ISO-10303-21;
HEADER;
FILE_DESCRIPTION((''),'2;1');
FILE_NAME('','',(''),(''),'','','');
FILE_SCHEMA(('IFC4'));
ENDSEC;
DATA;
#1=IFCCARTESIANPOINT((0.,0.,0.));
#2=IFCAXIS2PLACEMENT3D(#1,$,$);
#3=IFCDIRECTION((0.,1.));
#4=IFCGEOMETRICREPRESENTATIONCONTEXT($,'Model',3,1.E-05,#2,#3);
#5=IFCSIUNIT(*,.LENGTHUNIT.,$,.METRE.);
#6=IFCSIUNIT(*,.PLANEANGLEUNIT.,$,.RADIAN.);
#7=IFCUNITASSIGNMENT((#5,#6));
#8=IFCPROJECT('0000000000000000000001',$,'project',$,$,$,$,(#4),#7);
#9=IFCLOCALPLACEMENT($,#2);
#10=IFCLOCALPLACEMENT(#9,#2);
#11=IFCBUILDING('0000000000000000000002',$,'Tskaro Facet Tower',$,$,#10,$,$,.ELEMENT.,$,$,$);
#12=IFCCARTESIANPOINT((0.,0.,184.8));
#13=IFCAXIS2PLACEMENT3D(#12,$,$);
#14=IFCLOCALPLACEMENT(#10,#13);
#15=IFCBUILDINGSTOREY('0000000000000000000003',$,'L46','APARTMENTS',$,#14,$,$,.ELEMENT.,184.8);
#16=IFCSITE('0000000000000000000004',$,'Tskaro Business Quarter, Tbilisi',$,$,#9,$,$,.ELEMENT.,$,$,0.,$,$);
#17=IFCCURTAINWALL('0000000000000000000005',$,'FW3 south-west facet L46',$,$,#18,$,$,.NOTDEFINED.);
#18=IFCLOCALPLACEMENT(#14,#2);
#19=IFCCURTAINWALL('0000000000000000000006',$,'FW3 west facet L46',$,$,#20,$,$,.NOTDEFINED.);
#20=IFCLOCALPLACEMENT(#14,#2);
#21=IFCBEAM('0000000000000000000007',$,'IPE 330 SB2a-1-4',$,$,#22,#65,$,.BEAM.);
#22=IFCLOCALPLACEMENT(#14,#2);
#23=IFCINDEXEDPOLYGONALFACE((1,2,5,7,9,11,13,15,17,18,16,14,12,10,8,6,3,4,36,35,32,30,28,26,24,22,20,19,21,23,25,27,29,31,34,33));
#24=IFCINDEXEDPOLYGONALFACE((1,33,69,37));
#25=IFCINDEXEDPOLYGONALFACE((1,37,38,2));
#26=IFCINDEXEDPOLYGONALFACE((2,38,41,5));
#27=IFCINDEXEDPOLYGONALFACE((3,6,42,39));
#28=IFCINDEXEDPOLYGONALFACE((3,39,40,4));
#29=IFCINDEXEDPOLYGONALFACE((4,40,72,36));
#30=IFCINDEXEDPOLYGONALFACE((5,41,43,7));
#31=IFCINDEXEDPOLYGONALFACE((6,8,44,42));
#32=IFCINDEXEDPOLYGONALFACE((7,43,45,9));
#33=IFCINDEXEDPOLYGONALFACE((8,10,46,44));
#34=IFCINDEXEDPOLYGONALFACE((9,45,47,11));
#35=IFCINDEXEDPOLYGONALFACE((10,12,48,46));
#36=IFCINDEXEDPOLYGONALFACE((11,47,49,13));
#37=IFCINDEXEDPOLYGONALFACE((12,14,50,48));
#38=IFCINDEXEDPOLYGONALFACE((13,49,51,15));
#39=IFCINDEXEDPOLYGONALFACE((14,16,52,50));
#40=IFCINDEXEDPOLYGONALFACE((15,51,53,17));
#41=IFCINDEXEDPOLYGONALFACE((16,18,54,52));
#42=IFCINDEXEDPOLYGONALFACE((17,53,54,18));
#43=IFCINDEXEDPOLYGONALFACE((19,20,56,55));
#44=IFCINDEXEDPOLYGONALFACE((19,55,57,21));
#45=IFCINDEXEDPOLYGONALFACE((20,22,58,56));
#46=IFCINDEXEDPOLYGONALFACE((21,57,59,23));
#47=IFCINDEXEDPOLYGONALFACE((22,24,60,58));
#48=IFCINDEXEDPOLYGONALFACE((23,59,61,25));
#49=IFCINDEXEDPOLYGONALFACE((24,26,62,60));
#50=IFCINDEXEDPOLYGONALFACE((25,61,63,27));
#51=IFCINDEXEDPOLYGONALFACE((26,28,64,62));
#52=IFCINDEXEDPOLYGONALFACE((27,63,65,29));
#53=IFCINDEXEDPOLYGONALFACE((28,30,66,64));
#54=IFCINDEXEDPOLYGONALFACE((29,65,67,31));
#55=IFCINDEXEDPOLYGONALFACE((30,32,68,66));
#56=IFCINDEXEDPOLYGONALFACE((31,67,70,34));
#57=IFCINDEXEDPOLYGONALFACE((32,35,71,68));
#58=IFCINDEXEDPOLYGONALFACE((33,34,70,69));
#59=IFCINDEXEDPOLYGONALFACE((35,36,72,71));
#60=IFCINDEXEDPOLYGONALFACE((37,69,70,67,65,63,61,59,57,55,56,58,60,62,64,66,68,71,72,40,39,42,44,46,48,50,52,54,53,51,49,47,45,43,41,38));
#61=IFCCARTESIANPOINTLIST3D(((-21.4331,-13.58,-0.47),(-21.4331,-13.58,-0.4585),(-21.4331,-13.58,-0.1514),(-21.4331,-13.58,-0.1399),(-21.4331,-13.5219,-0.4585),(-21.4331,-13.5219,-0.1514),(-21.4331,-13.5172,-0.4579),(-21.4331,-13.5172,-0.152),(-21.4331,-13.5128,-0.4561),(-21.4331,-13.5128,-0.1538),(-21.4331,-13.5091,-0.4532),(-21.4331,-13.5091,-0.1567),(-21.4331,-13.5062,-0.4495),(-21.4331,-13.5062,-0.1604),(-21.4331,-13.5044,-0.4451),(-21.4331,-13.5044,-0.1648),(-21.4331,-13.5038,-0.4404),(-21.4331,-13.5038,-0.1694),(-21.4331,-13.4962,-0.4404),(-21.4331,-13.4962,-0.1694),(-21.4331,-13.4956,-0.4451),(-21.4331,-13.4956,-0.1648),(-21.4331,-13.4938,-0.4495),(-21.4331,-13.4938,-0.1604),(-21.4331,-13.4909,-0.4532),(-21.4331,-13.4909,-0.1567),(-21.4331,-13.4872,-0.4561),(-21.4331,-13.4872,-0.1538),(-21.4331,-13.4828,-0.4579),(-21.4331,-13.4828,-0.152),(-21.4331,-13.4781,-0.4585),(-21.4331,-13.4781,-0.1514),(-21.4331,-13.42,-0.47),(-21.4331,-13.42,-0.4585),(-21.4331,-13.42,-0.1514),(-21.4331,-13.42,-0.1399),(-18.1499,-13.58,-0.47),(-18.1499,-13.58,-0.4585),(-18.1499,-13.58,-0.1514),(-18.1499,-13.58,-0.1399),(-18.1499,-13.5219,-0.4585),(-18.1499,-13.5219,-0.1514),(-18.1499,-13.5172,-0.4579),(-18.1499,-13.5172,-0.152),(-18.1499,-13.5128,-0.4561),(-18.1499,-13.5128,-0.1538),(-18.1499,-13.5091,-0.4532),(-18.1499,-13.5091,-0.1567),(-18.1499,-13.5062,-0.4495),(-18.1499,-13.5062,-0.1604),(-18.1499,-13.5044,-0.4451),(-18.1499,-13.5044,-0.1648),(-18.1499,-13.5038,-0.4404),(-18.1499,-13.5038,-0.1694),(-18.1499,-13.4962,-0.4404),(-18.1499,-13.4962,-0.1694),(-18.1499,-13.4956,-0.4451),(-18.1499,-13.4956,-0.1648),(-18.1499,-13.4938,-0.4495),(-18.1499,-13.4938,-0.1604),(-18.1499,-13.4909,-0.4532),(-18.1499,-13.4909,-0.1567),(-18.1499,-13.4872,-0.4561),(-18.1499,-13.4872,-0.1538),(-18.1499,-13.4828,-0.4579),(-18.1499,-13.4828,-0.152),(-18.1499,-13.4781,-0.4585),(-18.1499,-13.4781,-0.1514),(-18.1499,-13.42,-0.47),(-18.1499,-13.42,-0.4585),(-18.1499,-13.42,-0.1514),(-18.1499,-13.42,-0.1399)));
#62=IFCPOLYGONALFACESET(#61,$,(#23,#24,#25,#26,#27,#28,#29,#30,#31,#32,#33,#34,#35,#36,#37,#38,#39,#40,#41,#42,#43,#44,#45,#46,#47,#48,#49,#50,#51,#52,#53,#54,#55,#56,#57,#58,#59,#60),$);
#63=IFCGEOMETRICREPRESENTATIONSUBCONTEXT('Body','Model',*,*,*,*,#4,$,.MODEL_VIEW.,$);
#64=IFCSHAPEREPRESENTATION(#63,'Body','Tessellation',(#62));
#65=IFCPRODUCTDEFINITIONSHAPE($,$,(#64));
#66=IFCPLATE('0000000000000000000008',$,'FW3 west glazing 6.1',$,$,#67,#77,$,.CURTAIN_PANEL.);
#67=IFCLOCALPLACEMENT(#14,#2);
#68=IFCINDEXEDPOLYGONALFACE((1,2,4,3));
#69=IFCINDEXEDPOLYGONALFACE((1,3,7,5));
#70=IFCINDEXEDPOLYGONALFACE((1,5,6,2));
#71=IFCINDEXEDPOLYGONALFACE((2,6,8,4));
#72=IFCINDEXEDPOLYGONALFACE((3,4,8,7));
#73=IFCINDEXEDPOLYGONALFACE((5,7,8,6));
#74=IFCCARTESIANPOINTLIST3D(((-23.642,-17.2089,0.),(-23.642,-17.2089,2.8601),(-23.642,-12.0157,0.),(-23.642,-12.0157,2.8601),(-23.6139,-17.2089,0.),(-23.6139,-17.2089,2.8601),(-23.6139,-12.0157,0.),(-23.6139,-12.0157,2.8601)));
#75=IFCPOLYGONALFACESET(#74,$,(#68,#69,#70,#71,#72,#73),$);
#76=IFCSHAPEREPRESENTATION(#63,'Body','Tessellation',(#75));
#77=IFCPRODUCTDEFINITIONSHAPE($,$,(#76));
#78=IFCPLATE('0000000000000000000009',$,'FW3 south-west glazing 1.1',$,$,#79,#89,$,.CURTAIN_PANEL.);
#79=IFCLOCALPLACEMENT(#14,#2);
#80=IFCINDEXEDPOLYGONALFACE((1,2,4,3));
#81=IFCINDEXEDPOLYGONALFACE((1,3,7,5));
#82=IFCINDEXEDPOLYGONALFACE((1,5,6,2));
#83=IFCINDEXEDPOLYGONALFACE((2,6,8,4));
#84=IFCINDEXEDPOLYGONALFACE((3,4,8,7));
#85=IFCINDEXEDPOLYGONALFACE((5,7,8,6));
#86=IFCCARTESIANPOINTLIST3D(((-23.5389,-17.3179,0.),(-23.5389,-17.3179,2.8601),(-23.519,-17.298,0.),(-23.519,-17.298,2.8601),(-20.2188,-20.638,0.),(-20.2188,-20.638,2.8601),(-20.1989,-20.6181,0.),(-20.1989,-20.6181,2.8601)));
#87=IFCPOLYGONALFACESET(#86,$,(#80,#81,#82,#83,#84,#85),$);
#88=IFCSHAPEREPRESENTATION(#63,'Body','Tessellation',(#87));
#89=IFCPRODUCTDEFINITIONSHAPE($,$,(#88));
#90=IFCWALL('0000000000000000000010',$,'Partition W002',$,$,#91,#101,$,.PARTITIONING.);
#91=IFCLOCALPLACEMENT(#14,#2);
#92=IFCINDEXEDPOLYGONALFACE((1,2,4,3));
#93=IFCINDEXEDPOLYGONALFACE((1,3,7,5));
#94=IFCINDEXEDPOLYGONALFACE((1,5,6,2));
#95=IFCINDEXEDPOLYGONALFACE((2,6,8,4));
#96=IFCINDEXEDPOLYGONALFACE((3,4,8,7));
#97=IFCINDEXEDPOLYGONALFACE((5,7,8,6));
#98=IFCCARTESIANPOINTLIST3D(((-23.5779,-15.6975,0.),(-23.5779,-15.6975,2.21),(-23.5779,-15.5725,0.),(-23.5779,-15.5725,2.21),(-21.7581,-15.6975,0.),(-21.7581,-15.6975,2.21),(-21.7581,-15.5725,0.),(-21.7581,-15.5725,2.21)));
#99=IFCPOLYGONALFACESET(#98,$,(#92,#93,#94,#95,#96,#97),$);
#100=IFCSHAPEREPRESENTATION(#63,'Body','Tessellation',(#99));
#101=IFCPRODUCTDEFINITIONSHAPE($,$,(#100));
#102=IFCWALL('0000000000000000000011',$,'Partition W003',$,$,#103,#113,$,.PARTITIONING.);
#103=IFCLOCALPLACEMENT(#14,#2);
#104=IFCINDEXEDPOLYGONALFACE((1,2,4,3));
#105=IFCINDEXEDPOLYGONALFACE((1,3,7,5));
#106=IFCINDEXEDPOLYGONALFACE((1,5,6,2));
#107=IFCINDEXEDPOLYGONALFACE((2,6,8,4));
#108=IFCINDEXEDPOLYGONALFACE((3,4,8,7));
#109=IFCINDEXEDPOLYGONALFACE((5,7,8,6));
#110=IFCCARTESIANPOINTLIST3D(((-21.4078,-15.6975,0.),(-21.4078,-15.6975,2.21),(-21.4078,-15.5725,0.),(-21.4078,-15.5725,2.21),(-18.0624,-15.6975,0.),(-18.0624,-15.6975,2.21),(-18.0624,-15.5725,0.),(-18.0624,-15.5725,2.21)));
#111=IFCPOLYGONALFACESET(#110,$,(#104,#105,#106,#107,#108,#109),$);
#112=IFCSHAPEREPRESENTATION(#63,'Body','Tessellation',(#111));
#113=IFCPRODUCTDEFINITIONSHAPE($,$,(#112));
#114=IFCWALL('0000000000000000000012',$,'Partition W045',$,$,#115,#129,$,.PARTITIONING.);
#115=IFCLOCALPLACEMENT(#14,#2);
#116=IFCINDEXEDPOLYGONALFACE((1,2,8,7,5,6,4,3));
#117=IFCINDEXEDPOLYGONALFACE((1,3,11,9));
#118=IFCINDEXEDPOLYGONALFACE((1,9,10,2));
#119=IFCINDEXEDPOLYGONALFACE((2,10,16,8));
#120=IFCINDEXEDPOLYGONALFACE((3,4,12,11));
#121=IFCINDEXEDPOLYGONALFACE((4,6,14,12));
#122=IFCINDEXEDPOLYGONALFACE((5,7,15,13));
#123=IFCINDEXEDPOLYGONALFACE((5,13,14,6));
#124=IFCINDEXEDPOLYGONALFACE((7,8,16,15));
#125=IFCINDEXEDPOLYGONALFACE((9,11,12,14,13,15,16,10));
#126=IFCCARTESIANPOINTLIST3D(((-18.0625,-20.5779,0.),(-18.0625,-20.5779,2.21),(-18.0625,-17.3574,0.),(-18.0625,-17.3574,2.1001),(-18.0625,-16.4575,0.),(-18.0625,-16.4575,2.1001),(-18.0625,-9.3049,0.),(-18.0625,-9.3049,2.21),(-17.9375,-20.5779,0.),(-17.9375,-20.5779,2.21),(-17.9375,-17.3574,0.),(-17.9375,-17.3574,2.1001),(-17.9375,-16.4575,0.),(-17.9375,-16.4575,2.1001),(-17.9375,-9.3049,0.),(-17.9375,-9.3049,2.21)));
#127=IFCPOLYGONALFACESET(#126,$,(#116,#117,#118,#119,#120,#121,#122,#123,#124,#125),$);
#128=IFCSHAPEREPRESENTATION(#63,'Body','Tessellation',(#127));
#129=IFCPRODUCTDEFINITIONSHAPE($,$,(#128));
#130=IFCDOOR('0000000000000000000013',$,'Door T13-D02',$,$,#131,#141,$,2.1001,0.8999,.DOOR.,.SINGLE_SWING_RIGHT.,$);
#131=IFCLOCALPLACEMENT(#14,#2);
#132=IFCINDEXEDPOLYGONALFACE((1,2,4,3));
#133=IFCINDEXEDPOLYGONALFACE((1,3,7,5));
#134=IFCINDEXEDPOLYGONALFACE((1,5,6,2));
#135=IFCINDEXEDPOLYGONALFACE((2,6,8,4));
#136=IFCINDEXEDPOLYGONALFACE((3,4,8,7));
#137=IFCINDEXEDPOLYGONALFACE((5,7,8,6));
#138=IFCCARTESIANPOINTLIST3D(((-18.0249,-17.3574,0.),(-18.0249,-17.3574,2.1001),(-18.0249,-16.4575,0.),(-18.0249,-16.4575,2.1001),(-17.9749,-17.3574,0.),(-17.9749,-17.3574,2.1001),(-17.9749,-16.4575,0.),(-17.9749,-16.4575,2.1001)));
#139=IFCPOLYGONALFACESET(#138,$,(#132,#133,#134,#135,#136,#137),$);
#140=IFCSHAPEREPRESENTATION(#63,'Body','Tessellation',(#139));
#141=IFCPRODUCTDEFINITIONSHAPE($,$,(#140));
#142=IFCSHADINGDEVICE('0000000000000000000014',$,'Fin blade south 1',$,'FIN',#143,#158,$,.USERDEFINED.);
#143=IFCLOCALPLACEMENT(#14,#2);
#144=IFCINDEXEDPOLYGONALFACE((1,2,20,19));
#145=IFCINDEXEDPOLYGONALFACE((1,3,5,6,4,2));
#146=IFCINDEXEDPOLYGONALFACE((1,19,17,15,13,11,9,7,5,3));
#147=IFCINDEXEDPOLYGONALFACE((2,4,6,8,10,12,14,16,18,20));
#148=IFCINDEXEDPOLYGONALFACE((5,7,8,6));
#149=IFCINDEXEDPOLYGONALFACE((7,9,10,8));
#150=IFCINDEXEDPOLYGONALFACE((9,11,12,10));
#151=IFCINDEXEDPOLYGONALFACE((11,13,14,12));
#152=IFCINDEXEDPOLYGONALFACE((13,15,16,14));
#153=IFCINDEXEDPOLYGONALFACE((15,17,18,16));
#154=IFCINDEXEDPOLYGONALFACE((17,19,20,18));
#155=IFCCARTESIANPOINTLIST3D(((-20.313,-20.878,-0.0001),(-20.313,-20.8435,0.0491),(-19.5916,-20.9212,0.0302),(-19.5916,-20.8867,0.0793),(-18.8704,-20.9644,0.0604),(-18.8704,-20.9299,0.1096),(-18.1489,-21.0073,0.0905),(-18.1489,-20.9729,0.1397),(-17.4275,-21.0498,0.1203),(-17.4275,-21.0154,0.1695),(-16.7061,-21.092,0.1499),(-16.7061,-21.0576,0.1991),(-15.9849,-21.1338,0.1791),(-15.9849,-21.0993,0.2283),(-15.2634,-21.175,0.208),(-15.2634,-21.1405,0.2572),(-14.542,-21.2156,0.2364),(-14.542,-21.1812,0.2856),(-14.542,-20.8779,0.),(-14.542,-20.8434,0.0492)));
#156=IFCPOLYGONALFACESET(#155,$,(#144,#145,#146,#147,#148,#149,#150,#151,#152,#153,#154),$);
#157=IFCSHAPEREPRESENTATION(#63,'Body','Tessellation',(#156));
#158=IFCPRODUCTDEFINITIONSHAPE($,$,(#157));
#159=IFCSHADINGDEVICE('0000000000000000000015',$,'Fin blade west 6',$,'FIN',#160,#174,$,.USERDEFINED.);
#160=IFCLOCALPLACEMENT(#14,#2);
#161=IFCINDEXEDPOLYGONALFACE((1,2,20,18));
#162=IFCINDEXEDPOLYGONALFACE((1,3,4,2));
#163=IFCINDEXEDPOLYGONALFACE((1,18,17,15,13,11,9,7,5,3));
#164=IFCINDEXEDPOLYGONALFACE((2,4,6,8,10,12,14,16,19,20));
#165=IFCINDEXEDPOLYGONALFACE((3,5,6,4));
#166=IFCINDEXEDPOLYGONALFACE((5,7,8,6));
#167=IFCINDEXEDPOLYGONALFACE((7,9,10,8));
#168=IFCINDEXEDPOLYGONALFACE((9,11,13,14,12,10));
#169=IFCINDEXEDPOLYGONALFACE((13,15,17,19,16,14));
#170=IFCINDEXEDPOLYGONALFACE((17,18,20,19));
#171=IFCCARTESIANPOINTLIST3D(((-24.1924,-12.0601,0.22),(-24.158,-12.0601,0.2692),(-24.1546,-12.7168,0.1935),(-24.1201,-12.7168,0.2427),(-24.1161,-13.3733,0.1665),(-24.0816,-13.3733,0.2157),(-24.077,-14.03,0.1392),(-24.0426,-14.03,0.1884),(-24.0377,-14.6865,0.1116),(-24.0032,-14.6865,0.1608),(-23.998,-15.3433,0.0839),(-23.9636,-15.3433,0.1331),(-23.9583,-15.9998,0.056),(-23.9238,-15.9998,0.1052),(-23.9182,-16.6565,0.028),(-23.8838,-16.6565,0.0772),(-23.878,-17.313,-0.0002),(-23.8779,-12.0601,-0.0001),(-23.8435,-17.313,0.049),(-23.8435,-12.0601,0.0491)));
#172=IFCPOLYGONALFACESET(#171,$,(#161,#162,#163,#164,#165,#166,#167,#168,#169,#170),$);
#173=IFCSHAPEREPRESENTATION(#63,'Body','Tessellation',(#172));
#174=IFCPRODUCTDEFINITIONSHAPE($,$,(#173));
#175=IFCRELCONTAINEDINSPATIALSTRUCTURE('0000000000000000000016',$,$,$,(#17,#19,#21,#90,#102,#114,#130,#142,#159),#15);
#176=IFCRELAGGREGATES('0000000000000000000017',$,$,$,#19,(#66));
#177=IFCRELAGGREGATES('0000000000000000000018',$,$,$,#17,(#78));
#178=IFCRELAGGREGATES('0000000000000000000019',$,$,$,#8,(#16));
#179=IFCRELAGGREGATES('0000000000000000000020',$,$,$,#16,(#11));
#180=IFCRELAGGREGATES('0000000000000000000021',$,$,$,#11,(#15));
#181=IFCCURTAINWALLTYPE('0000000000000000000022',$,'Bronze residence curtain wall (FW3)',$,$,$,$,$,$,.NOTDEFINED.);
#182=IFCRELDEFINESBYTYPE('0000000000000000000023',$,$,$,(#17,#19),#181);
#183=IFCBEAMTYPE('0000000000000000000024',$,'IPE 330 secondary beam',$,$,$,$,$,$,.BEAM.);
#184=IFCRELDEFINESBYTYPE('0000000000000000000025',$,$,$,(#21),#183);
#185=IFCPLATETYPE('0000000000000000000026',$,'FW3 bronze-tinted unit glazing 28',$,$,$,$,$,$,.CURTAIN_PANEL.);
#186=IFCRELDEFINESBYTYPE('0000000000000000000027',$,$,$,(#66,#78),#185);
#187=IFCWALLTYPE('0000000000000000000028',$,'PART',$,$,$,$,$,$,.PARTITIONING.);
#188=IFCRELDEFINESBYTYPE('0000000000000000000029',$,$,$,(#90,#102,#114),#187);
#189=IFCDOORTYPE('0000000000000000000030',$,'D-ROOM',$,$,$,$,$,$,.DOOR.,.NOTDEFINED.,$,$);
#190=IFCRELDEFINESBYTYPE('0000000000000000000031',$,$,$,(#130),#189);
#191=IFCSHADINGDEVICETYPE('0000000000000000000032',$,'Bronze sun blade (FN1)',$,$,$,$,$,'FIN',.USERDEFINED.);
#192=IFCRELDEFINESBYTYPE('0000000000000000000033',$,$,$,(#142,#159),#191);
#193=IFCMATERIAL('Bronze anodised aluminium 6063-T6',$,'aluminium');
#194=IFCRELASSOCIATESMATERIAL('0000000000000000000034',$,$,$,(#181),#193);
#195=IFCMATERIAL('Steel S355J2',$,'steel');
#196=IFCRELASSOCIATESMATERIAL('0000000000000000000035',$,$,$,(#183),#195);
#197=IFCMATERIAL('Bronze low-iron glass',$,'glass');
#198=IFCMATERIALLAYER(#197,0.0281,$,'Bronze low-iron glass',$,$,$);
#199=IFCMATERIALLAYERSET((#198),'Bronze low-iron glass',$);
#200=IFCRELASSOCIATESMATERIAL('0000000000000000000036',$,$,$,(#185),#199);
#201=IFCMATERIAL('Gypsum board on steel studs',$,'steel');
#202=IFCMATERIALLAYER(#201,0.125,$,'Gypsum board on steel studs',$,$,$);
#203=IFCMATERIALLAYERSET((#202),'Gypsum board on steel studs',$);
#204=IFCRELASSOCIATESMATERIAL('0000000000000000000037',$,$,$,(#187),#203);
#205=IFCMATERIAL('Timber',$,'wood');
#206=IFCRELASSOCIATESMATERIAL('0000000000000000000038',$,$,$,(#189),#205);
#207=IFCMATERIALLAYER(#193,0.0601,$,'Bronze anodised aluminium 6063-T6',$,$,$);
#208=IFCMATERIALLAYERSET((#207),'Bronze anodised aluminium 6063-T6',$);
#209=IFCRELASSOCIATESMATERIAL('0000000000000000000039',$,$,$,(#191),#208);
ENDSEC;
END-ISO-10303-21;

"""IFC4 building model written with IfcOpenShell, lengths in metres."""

from ifc_helpers import new_model, si_unit, direction, frame, frame_2d, origin, origin_2d, place, context, subcontext, project, spatial, polyline, rectangle, i_section, outline, extrude, material, layer, layer_set, material_profile, profile_set, type_object, element, fill, aggregate, save


model = new_model("IFC4")

# Units and contexts
model_context = context("Model", 3, precision=1e-05, world=origin(), true_north=direction((0.0, 1.0)))
body_context = subcontext(model_context, "Body", "Model", "MODEL_VIEW")
ifc_project = project(units=[si_unit("LENGTHUNIT", "METRE"), si_unit("PLANEANGLEUNIT", "RADIAN")], contexts=[model_context])

# Site, building, storey
site_placement = place(None, origin())
site = spatial("IfcSite", under=ifc_project, at=site_placement, Name="Tskaro Business Quarter, Tbilisi", CompositionType="ELEMENT", RefElevation=0.0)
building_placement = place(site_placement, origin())
building = spatial("IfcBuilding", under=site, at=building_placement, Name="Tskaro Facet Tower", CompositionType="ELEMENT")
storey_placement = place(building_placement, frame((0.0, 0.0, 184.8)))
storey = spatial("IfcBuildingStorey", under=building, at=storey_placement, Name="L46", Description="APARTMENTS", CompositionType="ELEMENT", Elevation=184.8)

# Curtain wall
ifc_material_1 = material(Name="Bronze anodised aluminium 6063-T6", Category="aluminium")
curtain_wall_type = type_object("IfcCurtainWallType", Name="Bronze residence curtain wall (FW3)", PredefinedType="NOTDEFINED", material=ifc_material_1)
curtain_wall_1_placement = place(storey_placement, origin())
curtain_wall_1 = element("IfcCurtainWall", 1, at=curtain_wall_1_placement, inside=storey, type_object=curtain_wall_type, Name="FW3 south-west facet L46", PredefinedType="NOTDEFINED")

# Curtain wall
curtain_wall_2_placement = place(storey_placement, origin())
curtain_wall_2 = element("IfcCurtainWall", 2, at=curtain_wall_2_placement, inside=storey, type_object=curtain_wall_type, Name="FW3 west facet L46", PredefinedType="NOTDEFINED")

# Beam
ifc_material_2 = material(Name="Steel S355J2", Category="steel")
ifc_material_profile_1 = material_profile(ifc_material_2, i_section(OverallWidth=0.1599, OverallDepth=0.3301, WebThickness=0.0076, FlangeThickness=0.0115, FilletRadius=0.0181, at=origin_2d()), Name="IPE 330")
ifc_profile_set_1 = profile_set([ifc_material_profile_1], Name="Steel S355J2")
beam_type_1 = type_object("IfcBeamType", Name="IPE 330 secondary beam", PredefinedType="BEAM", material=ifc_profile_set_1)
beam_1_placement = place(storey_placement, frame((-21.4331, -13.5, -0.3049), z_axis=(1.0, 0.0, 0.0), x_axis=(0.0, 1.0, 0.0)))
element("IfcBeam", 3, at=beam_1_placement, inside=storey, type_object=beam_type_1, Name="IPE 330 SB2a-1-4", PredefinedType="BEAM", context=body_context, shape_type="SweptSolid", body=[
    extrude(i_section(OverallWidth=0.1599, OverallDepth=0.3301, WebThickness=0.0076, FlangeThickness=0.0115, FilletRadius=0.0181, at=origin_2d()), origin(), (0.0, 0.0, 1.0), 3.2832),
])

# Plates
ifc_material_3 = material(Name="Bronze low-iron glass", Category="glass")
ifc_layer_1 = layer(ifc_material_3, 0.0281, Name="Bronze low-iron glass")
ifc_layer_set_1 = layer_set([ifc_layer_1], Name="Bronze low-iron glass")
plate_type = type_object("IfcPlateType", Name="FW3 bronze-tinted unit glazing 28", PredefinedType="CURTAIN_PANEL", material=ifc_layer_set_1)
plate_1_placement = place(storey_placement, frame((-23.6279, -14.6123, 0.0), z_axis=(0.0, 0.0, 1.0), x_axis=(0.0, -1.0, 0.0)))
plate_1 = element("IfcPlate", 4, at=plate_1_placement, type_object=plate_type, Name="FW3 west glazing 6.1", PredefinedType="CURTAIN_PANEL", context=body_context, shape_type="SweptSolid", body=[
    extrude(rectangle(XDim=5.1931, YDim=0.0281, at=origin_2d()), origin(), (0.0, 0.0, 1.0), 2.8601),
])
aggregate(curtain_wall_2, [plate_1])
plate_2_placement = place(storey_placement, frame((-21.8689, -18.968, 0.0), z_axis=(0.0, 0.0, 1.0), x_axis=(0.707107, -0.707107, 0.0)))
plate_2 = element("IfcPlate", 5, at=plate_2_placement, type_object=plate_type, Name="FW3 south-west glazing 1.1", PredefinedType="CURTAIN_PANEL", context=body_context, shape_type="SweptSolid", body=[
    extrude(rectangle(XDim=4.6953, YDim=0.0281, at=origin_2d()), origin(), (0.0, 0.0, 1.0), 2.8601),
])
aggregate(curtain_wall_1, [plate_2])

# Walls
ifc_material_4 = material(Name="Gypsum board on steel studs", Category="steel")
ifc_layer_2 = layer(ifc_material_4, 0.125, Name="Gypsum board on steel studs")
ifc_layer_set_2 = layer_set([ifc_layer_2], Name="Gypsum board on steel studs")
wall_type = type_object("IfcWallType", Name="PART", PredefinedType="PARTITIONING", material=ifc_layer_set_2)
wall_1_placement = place(storey_placement, frame((-23.5779, -15.635, 0.0), z_axis=(0.0, 0.0, 1.0), x_axis=(1.0, 0.0, 0.0)))
element("IfcWall", 6, at=wall_1_placement, inside=storey, type_object=wall_type, Name="Partition W002", PredefinedType="PARTITIONING", context=body_context, shape_type="SweptSolid", body=[
    extrude(rectangle(XDim=1.8198, YDim=0.125, at=frame_2d((0.9099, 0.0))), origin(), (0.0, 0.0, 1.0), 2.21),
])
wall_2_placement = place(storey_placement, frame((-21.408, -15.635, 0.0), z_axis=(0.0, 0.0, 1.0), x_axis=(1.0, 0.0, 0.0)))
element("IfcWall", 7, at=wall_2_placement, inside=storey, type_object=wall_type, Name="Partition W003", PredefinedType="PARTITIONING", context=body_context, shape_type="SweptSolid", body=[
    extrude(rectangle(XDim=3.3455, YDim=0.125, at=frame_2d((1.6729, 0.0))), origin(), (0.0, 0.0, 1.0), 2.21),
])

# Wall, opening, door
wall_3_placement = place(storey_placement, frame((-18.0, -20.5779, 0.0), z_axis=(0.0, 0.0, 1.0), x_axis=(0.0, 1.0, 0.0)))
wall_3 = element("IfcWall", 8, at=wall_3_placement, inside=storey, type_object=wall_type, Name="Partition W045", PredefinedType="PARTITIONING", context=body_context, shape_type="SweptSolid", body=[
    extrude(rectangle(XDim=11.2729, YDim=0.125, at=frame_2d((5.6365, 0.0))), origin(), (0.0, 0.0, 1.0), 2.21),
])
opening_placement = place(wall_3_placement, frame((3.2205, 0.0, 0.0)))
opening = element("IfcOpeningElement", 9, at=opening_placement, cuts=wall_3, PredefinedType="OPENING", context=body_context, shape_type="SweptSolid", body=[
    extrude(rectangle(XDim=0.8999, YDim=2.1001, at=frame_2d((0.45, 1.05))), frame((0.0, 0.0725, 0.0), z_axis=(0.0, -1.0, 0.0), x_axis=(1.0, 0.0, 0.0)), (0.0, 0.0, 1.0), 0.145),
])
ifc_material_5 = material(Name="Timber", Category="wood")
door_type = type_object("IfcDoorType", Name="D-ROOM", OperationType="NOTDEFINED", PredefinedType="DOOR", material=ifc_material_5)
door_placement = place(opening_placement, origin())
door = element("IfcDoor", 10, at=door_placement, inside=storey, type_object=door_type, Name="Door T13-D02", OperationType="SINGLE_SWING_RIGHT", OverallHeight=2.1001, OverallWidth=0.8999, PredefinedType="DOOR", context=body_context, shape_type="SweptSolid", body=[
    extrude(rectangle(XDim=0.8999, YDim=2.1001, at=frame_2d((0.45, 1.05))), frame((0.0, 0.0249, 0.0), z_axis=(0.0, -1.0, 0.0), x_axis=(1.0, 0.0, 0.0)), (0.0, 0.0, 1.0), 0.05),
])
fill(opening, door)

# Shading devices
ifc_layer_3 = layer(ifc_material_1, 0.0601, Name="Bronze anodised aluminium 6063-T6")
ifc_layer_set_3 = layer_set([ifc_layer_3], Name="Bronze anodised aluminium 6063-T6")
shading_device_type = type_object("IfcShadingDeviceType", Name="Bronze sun blade (FN1)", ElementType="FIN", PredefinedType="USERDEFINED", material=ifc_layer_set_3)
shading_device_1_placement = place(storey_placement, frame((-20.313, -20.8435, 0.0491), z_axis=(-0.000018, 0.573615, 0.819125), x_axis=(1.0, 0.00001, 0.000015)))
element("IfcShadingDevice", 11, at=shading_device_1_placement, inside=storey, type_object=shading_device_type, Name="Fin blade south 1", ObjectType="FIN", PredefinedType="USERDEFINED", context=body_context, shape_type="SweptSolid", body=[
    extrude(outline(polyline([(0.0, 0.0), (5.771, 0.0), (5.771, -0.4123), (5.0496, -0.3627), (4.3281, -0.3124), (3.6069, -0.2614), (2.8855, -0.2098), (2.1641, -0.1579), (1.4426, -0.1055), (0.7214, -0.0528), (0.0, 0.0)])), origin(), (0.0, 0.0, -1.0), 0.0601),
])
shading_device_2_placement = place(storey_placement, frame((-23.8435, -12.0601, 0.0491), z_axis=(0.573473, -0.000014, 0.819225), x_axis=(-0.000008, -1.0, -0.000012)))
element("IfcShadingDevice", 12, at=shading_device_2_placement, inside=storey, type_object=shading_device_type, Name="Fin blade west 6", ObjectType="FIN", PredefinedType="USERDEFINED", context=body_context, shape_type="SweptSolid", body=[
    extrude(outline(polyline([(0.0, 0.0), (5.2529, 0.0), (4.5964, -0.0491), (3.9397, -0.098), (3.2832, -0.1466), (2.6265, -0.1949), (1.97, -0.2429), (1.3132, -0.2906), (0.6567, -0.3376), (0.0, -0.3839), (0.0, 0.0)])), origin(), (0.0, 0.0, -1.0), 0.0601),
])

save(model, "model.ifc")
